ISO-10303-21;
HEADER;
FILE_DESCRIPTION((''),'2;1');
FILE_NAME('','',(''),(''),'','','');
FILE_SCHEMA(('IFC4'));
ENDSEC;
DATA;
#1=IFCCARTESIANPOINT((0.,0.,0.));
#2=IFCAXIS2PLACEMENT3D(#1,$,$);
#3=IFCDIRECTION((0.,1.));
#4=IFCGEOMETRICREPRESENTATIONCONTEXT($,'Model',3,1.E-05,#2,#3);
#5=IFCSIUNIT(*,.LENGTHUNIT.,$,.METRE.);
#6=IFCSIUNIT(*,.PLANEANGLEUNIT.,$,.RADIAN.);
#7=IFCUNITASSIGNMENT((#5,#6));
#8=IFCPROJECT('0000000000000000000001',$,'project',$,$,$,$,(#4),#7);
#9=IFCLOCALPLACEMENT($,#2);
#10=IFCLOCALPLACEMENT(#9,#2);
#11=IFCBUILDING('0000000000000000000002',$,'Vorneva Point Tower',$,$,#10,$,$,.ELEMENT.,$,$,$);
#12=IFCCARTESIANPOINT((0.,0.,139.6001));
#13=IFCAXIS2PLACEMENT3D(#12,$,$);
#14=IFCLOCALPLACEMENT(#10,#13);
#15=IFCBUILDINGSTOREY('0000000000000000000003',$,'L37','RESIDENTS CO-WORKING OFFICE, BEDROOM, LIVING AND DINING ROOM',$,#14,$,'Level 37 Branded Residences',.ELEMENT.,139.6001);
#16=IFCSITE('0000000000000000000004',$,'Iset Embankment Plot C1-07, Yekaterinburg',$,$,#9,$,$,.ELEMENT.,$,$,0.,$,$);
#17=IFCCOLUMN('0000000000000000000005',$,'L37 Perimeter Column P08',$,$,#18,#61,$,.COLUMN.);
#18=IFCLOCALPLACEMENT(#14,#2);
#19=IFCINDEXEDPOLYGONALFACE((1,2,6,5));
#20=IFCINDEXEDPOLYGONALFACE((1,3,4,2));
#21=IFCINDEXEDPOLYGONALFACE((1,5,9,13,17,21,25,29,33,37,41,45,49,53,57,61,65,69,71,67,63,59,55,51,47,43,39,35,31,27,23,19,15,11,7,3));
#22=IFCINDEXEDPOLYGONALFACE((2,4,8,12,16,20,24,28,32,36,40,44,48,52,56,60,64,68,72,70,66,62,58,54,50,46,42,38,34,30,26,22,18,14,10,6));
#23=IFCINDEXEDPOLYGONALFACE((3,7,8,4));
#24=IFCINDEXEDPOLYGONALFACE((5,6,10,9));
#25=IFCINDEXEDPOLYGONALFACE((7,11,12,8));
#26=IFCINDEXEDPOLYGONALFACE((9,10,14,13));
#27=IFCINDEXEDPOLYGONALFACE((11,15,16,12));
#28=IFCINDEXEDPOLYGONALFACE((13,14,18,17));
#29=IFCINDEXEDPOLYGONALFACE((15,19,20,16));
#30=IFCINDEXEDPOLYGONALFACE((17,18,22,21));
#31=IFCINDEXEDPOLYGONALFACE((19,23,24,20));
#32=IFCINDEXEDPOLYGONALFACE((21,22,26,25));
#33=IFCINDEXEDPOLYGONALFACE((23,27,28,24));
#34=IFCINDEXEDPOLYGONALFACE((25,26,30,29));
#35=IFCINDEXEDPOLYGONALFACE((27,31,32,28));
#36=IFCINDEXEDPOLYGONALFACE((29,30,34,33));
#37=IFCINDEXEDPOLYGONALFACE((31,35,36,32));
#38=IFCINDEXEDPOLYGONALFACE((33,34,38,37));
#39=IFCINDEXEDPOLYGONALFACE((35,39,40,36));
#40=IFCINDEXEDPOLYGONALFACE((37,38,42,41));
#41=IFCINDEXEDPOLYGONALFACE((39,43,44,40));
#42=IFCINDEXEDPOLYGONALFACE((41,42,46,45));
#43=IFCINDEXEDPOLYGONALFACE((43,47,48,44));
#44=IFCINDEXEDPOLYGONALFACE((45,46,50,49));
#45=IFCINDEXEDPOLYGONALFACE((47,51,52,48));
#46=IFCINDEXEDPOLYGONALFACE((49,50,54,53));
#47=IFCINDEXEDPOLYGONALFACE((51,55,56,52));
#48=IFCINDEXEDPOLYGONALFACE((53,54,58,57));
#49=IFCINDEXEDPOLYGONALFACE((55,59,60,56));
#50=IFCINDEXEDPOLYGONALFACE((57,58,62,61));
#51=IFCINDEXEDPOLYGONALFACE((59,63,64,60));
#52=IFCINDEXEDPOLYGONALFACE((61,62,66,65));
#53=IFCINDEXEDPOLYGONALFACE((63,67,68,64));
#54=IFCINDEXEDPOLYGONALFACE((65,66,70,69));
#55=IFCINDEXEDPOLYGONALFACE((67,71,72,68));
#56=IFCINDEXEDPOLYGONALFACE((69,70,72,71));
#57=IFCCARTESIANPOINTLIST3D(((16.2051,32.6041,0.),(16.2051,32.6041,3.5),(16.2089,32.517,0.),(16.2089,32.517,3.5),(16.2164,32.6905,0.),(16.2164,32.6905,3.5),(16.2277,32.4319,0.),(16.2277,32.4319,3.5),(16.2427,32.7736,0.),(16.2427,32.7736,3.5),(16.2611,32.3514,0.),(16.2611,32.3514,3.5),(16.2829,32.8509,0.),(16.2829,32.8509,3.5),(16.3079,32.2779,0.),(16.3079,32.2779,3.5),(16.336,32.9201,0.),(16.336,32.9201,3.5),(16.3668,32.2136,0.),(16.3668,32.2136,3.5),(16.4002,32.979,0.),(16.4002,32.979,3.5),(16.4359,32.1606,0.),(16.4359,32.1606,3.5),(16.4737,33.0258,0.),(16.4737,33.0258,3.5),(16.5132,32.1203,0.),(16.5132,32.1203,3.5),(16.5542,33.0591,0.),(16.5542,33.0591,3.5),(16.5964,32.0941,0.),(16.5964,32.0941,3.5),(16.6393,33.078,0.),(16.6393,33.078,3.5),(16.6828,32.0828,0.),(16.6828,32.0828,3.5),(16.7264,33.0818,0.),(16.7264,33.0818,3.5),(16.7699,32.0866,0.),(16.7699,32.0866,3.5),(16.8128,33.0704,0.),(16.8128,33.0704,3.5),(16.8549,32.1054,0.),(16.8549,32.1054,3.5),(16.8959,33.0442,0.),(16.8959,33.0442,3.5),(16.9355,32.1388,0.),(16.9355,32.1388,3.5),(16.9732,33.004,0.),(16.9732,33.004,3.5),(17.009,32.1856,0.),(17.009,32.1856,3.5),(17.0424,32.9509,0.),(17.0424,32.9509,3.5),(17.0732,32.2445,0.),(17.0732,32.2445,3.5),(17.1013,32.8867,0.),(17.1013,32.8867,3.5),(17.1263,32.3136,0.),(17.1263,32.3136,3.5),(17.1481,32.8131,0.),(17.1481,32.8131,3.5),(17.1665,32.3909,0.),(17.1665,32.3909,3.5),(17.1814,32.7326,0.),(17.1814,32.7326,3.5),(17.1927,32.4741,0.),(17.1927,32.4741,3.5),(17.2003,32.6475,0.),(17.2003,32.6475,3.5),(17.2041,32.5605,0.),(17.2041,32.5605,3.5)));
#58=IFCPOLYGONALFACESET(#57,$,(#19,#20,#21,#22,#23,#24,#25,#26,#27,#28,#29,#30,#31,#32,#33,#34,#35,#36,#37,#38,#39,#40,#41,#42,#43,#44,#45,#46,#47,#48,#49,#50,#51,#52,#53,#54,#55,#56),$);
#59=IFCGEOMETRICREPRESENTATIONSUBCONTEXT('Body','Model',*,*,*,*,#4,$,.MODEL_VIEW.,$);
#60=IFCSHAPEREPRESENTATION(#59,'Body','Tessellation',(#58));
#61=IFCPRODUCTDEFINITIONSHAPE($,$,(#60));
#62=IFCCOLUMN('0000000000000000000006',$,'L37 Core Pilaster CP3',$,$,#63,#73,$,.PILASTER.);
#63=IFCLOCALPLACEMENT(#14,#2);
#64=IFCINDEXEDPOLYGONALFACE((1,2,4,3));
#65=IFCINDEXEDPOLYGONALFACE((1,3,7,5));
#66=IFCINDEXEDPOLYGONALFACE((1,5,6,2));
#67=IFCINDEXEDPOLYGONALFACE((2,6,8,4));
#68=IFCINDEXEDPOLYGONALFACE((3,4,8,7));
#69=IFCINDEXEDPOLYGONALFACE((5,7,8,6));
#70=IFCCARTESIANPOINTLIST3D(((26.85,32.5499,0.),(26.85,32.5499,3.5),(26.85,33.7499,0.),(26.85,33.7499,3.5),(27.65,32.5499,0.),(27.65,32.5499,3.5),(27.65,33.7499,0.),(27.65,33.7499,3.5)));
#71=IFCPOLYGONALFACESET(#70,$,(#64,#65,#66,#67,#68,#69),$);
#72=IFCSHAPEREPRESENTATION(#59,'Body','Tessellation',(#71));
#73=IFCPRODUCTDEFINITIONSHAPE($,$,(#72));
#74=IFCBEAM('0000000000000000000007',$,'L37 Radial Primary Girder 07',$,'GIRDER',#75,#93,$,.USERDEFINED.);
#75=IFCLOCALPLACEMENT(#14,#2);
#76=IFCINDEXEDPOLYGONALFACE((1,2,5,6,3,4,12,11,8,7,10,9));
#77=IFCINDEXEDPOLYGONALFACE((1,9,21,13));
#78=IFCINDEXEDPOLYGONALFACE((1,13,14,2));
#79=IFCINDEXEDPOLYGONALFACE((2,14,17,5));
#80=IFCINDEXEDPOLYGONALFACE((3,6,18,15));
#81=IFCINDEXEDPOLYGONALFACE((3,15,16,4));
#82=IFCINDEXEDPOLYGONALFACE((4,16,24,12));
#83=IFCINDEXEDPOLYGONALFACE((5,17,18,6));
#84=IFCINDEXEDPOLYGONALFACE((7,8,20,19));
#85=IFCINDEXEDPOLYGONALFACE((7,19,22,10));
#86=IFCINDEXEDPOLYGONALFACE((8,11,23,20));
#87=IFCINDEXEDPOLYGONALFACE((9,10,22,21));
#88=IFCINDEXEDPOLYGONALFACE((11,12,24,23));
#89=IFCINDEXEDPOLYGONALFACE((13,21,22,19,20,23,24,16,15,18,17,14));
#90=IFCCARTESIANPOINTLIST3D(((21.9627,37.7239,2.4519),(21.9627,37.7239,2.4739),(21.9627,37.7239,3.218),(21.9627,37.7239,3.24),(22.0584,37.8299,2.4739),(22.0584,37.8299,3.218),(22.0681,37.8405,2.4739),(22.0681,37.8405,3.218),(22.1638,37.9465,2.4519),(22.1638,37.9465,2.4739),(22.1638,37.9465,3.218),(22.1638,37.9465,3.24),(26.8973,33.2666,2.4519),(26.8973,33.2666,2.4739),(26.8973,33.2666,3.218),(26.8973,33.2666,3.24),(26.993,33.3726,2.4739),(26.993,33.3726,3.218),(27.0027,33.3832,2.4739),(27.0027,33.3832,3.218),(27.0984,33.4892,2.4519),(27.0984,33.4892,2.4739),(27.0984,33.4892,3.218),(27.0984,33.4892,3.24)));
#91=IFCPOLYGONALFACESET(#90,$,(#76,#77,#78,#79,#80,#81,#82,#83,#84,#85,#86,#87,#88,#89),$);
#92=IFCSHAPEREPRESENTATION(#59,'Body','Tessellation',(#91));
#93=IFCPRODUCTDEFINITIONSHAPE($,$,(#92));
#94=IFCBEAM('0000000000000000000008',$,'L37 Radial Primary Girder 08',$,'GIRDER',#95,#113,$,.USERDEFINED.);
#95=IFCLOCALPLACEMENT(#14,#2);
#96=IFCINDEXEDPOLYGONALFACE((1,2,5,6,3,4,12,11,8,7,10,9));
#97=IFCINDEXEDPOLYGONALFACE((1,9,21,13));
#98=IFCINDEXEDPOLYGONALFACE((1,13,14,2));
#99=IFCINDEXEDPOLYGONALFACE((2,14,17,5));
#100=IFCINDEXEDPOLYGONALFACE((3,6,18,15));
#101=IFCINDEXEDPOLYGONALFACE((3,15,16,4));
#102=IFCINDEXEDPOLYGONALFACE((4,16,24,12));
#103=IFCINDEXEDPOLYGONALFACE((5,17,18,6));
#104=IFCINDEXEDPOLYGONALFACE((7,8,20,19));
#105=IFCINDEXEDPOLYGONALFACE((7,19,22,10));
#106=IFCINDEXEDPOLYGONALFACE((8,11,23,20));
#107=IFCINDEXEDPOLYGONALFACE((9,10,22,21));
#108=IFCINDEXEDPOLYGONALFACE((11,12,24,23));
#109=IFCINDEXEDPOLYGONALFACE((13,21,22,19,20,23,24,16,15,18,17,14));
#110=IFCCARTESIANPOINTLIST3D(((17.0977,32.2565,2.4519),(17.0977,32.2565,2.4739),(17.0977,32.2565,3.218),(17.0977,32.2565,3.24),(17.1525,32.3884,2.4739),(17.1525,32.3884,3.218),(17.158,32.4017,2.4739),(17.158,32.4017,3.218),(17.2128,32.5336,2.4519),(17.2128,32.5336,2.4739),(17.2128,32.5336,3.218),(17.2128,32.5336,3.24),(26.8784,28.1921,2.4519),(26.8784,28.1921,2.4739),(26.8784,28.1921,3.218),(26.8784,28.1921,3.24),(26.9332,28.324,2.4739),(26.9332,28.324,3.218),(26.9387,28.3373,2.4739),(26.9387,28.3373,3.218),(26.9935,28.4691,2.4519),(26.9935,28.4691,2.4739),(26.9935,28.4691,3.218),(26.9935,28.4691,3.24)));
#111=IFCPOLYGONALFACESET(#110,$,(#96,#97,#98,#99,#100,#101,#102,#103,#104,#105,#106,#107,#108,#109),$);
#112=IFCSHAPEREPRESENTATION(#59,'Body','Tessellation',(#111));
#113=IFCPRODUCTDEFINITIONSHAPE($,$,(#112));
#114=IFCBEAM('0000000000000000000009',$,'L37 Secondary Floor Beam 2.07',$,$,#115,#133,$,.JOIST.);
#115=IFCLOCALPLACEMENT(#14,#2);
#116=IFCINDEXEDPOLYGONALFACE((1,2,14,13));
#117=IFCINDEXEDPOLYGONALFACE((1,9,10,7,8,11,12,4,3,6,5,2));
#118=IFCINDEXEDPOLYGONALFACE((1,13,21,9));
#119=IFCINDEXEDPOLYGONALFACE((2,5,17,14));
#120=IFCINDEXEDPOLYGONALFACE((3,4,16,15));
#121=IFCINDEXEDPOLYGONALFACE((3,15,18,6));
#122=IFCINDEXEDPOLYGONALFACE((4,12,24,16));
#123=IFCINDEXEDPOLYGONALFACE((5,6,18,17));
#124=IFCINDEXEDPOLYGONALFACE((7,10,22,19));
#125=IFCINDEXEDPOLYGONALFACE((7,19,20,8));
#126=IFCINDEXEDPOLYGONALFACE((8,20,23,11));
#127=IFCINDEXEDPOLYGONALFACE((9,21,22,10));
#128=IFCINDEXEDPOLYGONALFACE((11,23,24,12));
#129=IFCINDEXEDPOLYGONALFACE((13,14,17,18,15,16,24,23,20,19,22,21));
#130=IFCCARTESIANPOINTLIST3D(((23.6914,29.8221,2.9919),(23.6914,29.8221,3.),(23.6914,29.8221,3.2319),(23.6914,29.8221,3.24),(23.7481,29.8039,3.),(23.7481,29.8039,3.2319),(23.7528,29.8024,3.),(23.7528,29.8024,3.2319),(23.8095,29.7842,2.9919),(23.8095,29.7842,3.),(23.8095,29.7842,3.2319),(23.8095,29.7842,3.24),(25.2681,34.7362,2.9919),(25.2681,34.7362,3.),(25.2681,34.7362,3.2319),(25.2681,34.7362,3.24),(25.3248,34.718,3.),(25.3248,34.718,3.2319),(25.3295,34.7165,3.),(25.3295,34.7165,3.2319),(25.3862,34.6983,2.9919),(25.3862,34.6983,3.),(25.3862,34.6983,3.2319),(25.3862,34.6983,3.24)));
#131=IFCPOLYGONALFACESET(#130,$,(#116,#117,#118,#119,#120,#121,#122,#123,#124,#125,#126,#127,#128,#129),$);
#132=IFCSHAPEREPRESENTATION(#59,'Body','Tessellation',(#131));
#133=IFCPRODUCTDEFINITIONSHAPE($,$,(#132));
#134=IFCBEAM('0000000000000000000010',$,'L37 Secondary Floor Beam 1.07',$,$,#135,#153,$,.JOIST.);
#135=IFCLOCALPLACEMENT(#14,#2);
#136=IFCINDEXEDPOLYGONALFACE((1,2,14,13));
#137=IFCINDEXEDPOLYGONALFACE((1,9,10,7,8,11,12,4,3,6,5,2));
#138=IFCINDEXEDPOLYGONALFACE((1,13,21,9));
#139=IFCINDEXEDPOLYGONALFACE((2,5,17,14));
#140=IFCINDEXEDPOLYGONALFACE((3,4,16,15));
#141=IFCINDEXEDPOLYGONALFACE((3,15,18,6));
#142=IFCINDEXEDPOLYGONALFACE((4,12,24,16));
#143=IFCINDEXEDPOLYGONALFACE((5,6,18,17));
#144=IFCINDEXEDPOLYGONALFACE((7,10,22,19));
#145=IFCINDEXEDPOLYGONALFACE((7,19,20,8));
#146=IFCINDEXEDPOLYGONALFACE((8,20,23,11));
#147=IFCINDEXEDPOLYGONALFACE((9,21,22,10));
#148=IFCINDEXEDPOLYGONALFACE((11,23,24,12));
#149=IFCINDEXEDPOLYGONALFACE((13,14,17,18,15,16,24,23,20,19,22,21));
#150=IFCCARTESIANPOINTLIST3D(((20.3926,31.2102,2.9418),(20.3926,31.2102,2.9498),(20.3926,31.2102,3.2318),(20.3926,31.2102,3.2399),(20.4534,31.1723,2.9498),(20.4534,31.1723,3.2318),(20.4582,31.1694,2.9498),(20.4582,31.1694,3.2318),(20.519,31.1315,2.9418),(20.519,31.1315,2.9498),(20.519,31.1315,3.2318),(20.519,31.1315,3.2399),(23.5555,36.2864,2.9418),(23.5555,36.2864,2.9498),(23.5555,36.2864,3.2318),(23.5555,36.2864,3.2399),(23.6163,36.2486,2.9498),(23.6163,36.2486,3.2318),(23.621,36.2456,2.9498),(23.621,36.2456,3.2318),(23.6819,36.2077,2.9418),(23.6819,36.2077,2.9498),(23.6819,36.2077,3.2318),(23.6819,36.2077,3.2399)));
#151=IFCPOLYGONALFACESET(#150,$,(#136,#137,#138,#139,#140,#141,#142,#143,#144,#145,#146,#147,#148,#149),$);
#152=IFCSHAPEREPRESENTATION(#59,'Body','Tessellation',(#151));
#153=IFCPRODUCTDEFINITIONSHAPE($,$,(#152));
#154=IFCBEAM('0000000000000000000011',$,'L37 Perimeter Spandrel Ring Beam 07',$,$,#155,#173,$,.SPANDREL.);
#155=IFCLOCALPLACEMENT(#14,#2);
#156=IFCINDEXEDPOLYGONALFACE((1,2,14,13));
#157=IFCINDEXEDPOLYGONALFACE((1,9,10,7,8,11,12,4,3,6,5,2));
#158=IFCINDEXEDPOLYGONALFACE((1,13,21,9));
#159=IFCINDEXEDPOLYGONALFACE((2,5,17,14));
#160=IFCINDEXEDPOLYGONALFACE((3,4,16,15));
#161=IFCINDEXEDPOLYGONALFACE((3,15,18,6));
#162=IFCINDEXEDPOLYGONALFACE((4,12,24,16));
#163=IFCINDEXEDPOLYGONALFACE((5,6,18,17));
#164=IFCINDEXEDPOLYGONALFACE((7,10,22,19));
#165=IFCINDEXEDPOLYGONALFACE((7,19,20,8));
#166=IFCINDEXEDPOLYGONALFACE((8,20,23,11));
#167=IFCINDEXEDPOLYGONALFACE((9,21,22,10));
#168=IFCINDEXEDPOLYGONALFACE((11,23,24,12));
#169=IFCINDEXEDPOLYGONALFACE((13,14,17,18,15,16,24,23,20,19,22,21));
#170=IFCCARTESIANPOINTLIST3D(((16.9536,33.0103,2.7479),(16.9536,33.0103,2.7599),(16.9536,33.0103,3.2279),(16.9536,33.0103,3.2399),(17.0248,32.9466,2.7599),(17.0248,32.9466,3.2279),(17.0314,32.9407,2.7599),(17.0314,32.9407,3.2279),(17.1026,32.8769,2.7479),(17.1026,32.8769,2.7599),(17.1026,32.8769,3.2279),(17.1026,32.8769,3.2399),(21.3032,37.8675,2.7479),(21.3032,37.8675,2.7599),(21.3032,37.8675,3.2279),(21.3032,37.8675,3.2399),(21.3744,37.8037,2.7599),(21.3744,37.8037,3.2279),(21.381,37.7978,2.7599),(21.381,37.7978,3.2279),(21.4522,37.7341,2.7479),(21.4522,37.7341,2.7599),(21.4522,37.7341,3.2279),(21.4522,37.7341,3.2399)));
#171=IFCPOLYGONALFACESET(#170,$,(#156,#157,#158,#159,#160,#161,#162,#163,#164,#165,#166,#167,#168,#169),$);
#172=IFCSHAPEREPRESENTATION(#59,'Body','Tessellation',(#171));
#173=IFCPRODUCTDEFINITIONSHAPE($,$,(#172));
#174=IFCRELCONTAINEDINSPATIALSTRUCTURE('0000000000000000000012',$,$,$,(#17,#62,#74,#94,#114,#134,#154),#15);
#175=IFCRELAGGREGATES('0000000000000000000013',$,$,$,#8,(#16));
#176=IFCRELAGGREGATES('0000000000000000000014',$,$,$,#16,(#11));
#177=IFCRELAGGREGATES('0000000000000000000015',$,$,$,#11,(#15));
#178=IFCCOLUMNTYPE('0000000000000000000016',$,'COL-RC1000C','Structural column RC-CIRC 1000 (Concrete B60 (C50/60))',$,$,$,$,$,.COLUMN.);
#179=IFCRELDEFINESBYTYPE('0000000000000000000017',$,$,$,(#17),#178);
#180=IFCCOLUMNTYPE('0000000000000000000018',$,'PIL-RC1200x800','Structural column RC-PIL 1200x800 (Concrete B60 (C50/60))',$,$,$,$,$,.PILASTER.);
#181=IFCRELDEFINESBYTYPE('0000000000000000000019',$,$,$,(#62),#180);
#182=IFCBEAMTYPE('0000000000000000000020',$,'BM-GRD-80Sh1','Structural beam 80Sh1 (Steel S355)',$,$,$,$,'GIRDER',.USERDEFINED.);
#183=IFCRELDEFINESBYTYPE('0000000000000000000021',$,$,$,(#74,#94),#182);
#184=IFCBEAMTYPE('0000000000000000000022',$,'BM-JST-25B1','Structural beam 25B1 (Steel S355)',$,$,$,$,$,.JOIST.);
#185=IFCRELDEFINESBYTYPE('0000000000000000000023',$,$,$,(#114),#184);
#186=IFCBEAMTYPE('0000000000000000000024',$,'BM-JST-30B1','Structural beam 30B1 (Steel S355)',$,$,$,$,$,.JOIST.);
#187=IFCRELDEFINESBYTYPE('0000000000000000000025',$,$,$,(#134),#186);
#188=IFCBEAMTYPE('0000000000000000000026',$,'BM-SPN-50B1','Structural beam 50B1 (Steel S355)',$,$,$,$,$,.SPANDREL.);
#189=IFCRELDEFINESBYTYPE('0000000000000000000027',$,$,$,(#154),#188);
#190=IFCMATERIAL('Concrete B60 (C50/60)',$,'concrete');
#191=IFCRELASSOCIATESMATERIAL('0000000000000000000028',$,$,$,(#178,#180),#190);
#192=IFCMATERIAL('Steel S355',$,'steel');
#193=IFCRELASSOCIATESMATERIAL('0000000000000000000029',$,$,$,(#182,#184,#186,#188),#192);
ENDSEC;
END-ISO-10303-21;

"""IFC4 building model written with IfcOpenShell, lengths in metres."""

from ifc_helpers import new_model, si_unit, direction, frame, origin, origin_2d, place, context, subcontext, project, spatial, rectangle, circle, i_section, extrude, material, material_profile, profile_set, type_object, element, save


model = new_model("IFC4")

# Units and contexts
model_context = context("Model", 3, precision=1e-05, world=origin(), true_north=direction((0.0, 1.0)))
body_context = subcontext(model_context, "Body", "Model", "MODEL_VIEW")
ifc_project = project(units=[si_unit("LENGTHUNIT", "METRE"), si_unit("PLANEANGLEUNIT", "RADIAN")], contexts=[model_context])

# Site, building, storey
site_placement = place(None, origin())
site = spatial("IfcSite", under=ifc_project, at=site_placement, Name="Iset Embankment Plot C1-07, Yekaterinburg", CompositionType="ELEMENT", RefElevation=0.0)
building_placement = place(site_placement, origin())
building = spatial("IfcBuilding", under=site, at=building_placement, Name="Vorneva Point Tower", CompositionType="ELEMENT")
storey_placement = place(building_placement, frame((0.0, 0.0, 139.6001)))
storey = spatial("IfcBuildingStorey", under=building, at=storey_placement, Name="L37", Description="RESIDENTS CO-WORKING OFFICE, BEDROOM, LIVING AND DINING ROOM", LongName="Level 37 Branded Residences", CompositionType="ELEMENT", Elevation=139.6001)

# Columns
ifc_material_1 = material(Name="Concrete B60 (C50/60)", Category="concrete")
ifc_material_profile_1 = material_profile(ifc_material_1, circle(Radius=0.5, at=origin_2d()), Name="RC-CIRC 1000")
ifc_profile_set_1 = profile_set([ifc_material_profile_1], Name="Concrete B60 (C50/60)")
column_type_1 = type_object("IfcColumnType", Name="COL-RC1000C", Description="Structural column RC-CIRC 1000 (Concrete B60 (C50/60))", PredefinedType="COLUMN", material=ifc_profile_set_1)
for number, where, z_axis, x_axis, name in (
    (1, (16.7046, 32.5823, 0.0), (0.0, 0.0, 1.0), (-0.92388, 0.382683, 0.0), "L37 Perimeter Column P08"),
):
    element("IfcColumn", number, at=place(storey_placement, frame(where, z_axis=z_axis, x_axis=x_axis)), inside=storey, type_object=column_type_1, Name=name, PredefinedType="COLUMN", context=body_context, shape_type="SweptSolid", body=[
        extrude(circle(Radius=0.5, at=origin_2d()), origin(), (0.0, 0.0, 1.0), 3.5),
    ])
ifc_material_profile_2 = material_profile(ifc_material_1, rectangle(XDim=0.8, YDim=1.2, at=origin_2d()), Name="RC-PIL 1200x800")
ifc_profile_set_2 = profile_set([ifc_material_profile_2], Name="Concrete B60 (C50/60)")
column_type_2 = type_object("IfcColumnType", Name="PIL-RC1200x800", Description="Structural column RC-PIL 1200x800 (Concrete B60 (C50/60))", PredefinedType="PILASTER", material=ifc_profile_set_2)
column_placement = place(storey_placement, frame((27.25, 33.1499, 0.0), z_axis=(0.0, 0.0, 1.0), x_axis=(1.0, 0.0, 0.0)))
element("IfcColumn", 2, at=column_placement, inside=storey, type_object=column_type_2, Name="L37 Core Pilaster CP3", PredefinedType="PILASTER", context=body_context, shape_type="SweptSolid", body=[
    extrude(rectangle(XDim=0.8, YDim=1.2, at=origin_2d()), origin(), (0.0, 0.0, 1.0), 3.5),
])

# Beams
ifc_material_2 = material(Name="Steel S355", Category="steel")
ifc_material_profile_3 = material_profile(ifc_material_2, i_section(OverallWidth=0.3, OverallDepth=0.7881, WebThickness=0.0144, FlangeThickness=0.022, at=origin_2d()), Name="80Sh1")
ifc_profile_set_3 = profile_set([ifc_material_profile_3], Name="Steel S355")
beam_type_1 = type_object("IfcBeamType", Name="BM-GRD-80Sh1", Description="Structural beam 80Sh1 (Steel S355)", ElementType="GIRDER", PredefinedType="USERDEFINED", material=ifc_profile_set_3)
beam_1_placement = place(storey_placement, frame((22.0632, 37.8352, 2.8459), z_axis=(0.742084, -0.670306, 0.0), x_axis=(0.670306, 0.742084, 0.0)))
element("IfcBeam", 3, at=beam_1_placement, inside=storey, type_object=beam_type_1, Name="L37 Radial Primary Girder 07", ObjectType="GIRDER", PredefinedType="USERDEFINED", context=body_context, shape_type="SweptSolid", body=[
    extrude(i_section(OverallWidth=0.3, OverallDepth=0.7881, WebThickness=0.0144, FlangeThickness=0.022, at=origin_2d()), origin(), (0.0, 0.0, 1.0), 6.6497),
])
beam_2_placement = place(storey_placement, frame((17.1553, 32.395, 2.8459), z_axis=(0.923441, -0.383741, 0.0), x_axis=(0.383741, 0.923441, 0.0)))
element("IfcBeam", 4, at=beam_2_placement, inside=storey, type_object=beam_type_1, Name="L37 Radial Primary Girder 08", ObjectType="GIRDER", PredefinedType="USERDEFINED", context=body_context, shape_type="SweptSolid", body=[
    extrude(i_section(OverallWidth=0.3, OverallDepth=0.7881, WebThickness=0.0144, FlangeThickness=0.022, at=origin_2d()), origin(), (0.0, 0.0, 1.0), 10.5916),
])
ifc_material_profile_4 = material_profile(ifc_material_2, i_section(OverallWidth=0.124, OverallDepth=0.248, WebThickness=0.0049, FlangeThickness=0.0081, at=origin_2d()), Name="25B1")
ifc_profile_set_4 = profile_set([ifc_material_profile_4], Name="Steel S355")
beam_type_2 = type_object("IfcBeamType", Name="BM-JST-25B1", Description="Structural beam 25B1 (Steel S355)", PredefinedType="JOIST", material=ifc_profile_set_4)
beam_3_placement = place(storey_placement, frame((25.3271, 34.7173, 3.116), z_axis=(-0.305507, -0.95219, 0.0), x_axis=(0.95219, -0.305507, 0.0)))
element("IfcBeam", 5, at=beam_3_placement, inside=storey, type_object=beam_type_2, Name="L37 Secondary Floor Beam 2.07", PredefinedType="JOIST", context=body_context, shape_type="SweptSolid", body=[
    extrude(i_section(OverallWidth=0.124, OverallDepth=0.248, WebThickness=0.0049, FlangeThickness=0.0081, at=origin_2d()), origin(), (0.0, 0.0, 1.0), 5.1609),
])
ifc_material_profile_5 = material_profile(ifc_material_2, i_section(OverallWidth=0.1489, OverallDepth=0.2981, WebThickness=0.0056, FlangeThickness=0.0081, at=origin_2d()), Name="30B1")
ifc_profile_set_5 = profile_set([ifc_material_profile_5], Name="Steel S355")
beam_type_3 = type_object("IfcBeamType", Name="BM-JST-30B1", Description="Structural beam 30B1 (Steel S355)", PredefinedType="JOIST", material=ifc_profile_set_5)
beam_4_placement = place(storey_placement, frame((23.6187, 36.2471, 3.0908), z_axis=(-0.528824, -0.848731, 0.0), x_axis=(0.848731, -0.528824, 0.0)))
element("IfcBeam", 6, at=beam_4_placement, inside=storey, type_object=beam_type_3, Name="L37 Secondary Floor Beam 1.07", PredefinedType="JOIST", context=body_context, shape_type="SweptSolid", body=[
    extrude(i_section(OverallWidth=0.1489, OverallDepth=0.2981, WebThickness=0.0056, FlangeThickness=0.0081, at=origin_2d()), origin(), (0.0, 0.0, 1.0), 5.981),
])
ifc_material_profile_6 = material_profile(ifc_material_2, i_section(OverallWidth=0.2, OverallDepth=0.4919, WebThickness=0.0088, FlangeThickness=0.012, at=origin_2d()), Name="50B1")
ifc_profile_set_6 = profile_set([ifc_material_profile_6], Name="Steel S355")
beam_type_4 = type_object("IfcBeamType", Name="BM-SPN-50B1", Description="Structural beam 50B1 (Steel S355)", PredefinedType="SPANDREL", material=ifc_profile_set_6)
beam_5_placement = place(storey_placement, frame((21.3777, 37.8008, 2.9939), z_axis=(-0.667111, -0.744958, 0.0), x_axis=(0.744958, -0.667111, 0.0)))
element("IfcBeam", 7, at=beam_5_placement, inside=storey, type_object=beam_type_4, Name="L37 Perimeter Spandrel Ring Beam 07", PredefinedType="SPANDREL", context=body_context, shape_type="SweptSolid", body=[
    extrude(i_section(OverallWidth=0.2, OverallDepth=0.4919, WebThickness=0.0088, FlangeThickness=0.012, at=origin_2d()), origin(), (0.0, 0.0, 1.0), 6.52),
])

save(model, "model.ifc")
